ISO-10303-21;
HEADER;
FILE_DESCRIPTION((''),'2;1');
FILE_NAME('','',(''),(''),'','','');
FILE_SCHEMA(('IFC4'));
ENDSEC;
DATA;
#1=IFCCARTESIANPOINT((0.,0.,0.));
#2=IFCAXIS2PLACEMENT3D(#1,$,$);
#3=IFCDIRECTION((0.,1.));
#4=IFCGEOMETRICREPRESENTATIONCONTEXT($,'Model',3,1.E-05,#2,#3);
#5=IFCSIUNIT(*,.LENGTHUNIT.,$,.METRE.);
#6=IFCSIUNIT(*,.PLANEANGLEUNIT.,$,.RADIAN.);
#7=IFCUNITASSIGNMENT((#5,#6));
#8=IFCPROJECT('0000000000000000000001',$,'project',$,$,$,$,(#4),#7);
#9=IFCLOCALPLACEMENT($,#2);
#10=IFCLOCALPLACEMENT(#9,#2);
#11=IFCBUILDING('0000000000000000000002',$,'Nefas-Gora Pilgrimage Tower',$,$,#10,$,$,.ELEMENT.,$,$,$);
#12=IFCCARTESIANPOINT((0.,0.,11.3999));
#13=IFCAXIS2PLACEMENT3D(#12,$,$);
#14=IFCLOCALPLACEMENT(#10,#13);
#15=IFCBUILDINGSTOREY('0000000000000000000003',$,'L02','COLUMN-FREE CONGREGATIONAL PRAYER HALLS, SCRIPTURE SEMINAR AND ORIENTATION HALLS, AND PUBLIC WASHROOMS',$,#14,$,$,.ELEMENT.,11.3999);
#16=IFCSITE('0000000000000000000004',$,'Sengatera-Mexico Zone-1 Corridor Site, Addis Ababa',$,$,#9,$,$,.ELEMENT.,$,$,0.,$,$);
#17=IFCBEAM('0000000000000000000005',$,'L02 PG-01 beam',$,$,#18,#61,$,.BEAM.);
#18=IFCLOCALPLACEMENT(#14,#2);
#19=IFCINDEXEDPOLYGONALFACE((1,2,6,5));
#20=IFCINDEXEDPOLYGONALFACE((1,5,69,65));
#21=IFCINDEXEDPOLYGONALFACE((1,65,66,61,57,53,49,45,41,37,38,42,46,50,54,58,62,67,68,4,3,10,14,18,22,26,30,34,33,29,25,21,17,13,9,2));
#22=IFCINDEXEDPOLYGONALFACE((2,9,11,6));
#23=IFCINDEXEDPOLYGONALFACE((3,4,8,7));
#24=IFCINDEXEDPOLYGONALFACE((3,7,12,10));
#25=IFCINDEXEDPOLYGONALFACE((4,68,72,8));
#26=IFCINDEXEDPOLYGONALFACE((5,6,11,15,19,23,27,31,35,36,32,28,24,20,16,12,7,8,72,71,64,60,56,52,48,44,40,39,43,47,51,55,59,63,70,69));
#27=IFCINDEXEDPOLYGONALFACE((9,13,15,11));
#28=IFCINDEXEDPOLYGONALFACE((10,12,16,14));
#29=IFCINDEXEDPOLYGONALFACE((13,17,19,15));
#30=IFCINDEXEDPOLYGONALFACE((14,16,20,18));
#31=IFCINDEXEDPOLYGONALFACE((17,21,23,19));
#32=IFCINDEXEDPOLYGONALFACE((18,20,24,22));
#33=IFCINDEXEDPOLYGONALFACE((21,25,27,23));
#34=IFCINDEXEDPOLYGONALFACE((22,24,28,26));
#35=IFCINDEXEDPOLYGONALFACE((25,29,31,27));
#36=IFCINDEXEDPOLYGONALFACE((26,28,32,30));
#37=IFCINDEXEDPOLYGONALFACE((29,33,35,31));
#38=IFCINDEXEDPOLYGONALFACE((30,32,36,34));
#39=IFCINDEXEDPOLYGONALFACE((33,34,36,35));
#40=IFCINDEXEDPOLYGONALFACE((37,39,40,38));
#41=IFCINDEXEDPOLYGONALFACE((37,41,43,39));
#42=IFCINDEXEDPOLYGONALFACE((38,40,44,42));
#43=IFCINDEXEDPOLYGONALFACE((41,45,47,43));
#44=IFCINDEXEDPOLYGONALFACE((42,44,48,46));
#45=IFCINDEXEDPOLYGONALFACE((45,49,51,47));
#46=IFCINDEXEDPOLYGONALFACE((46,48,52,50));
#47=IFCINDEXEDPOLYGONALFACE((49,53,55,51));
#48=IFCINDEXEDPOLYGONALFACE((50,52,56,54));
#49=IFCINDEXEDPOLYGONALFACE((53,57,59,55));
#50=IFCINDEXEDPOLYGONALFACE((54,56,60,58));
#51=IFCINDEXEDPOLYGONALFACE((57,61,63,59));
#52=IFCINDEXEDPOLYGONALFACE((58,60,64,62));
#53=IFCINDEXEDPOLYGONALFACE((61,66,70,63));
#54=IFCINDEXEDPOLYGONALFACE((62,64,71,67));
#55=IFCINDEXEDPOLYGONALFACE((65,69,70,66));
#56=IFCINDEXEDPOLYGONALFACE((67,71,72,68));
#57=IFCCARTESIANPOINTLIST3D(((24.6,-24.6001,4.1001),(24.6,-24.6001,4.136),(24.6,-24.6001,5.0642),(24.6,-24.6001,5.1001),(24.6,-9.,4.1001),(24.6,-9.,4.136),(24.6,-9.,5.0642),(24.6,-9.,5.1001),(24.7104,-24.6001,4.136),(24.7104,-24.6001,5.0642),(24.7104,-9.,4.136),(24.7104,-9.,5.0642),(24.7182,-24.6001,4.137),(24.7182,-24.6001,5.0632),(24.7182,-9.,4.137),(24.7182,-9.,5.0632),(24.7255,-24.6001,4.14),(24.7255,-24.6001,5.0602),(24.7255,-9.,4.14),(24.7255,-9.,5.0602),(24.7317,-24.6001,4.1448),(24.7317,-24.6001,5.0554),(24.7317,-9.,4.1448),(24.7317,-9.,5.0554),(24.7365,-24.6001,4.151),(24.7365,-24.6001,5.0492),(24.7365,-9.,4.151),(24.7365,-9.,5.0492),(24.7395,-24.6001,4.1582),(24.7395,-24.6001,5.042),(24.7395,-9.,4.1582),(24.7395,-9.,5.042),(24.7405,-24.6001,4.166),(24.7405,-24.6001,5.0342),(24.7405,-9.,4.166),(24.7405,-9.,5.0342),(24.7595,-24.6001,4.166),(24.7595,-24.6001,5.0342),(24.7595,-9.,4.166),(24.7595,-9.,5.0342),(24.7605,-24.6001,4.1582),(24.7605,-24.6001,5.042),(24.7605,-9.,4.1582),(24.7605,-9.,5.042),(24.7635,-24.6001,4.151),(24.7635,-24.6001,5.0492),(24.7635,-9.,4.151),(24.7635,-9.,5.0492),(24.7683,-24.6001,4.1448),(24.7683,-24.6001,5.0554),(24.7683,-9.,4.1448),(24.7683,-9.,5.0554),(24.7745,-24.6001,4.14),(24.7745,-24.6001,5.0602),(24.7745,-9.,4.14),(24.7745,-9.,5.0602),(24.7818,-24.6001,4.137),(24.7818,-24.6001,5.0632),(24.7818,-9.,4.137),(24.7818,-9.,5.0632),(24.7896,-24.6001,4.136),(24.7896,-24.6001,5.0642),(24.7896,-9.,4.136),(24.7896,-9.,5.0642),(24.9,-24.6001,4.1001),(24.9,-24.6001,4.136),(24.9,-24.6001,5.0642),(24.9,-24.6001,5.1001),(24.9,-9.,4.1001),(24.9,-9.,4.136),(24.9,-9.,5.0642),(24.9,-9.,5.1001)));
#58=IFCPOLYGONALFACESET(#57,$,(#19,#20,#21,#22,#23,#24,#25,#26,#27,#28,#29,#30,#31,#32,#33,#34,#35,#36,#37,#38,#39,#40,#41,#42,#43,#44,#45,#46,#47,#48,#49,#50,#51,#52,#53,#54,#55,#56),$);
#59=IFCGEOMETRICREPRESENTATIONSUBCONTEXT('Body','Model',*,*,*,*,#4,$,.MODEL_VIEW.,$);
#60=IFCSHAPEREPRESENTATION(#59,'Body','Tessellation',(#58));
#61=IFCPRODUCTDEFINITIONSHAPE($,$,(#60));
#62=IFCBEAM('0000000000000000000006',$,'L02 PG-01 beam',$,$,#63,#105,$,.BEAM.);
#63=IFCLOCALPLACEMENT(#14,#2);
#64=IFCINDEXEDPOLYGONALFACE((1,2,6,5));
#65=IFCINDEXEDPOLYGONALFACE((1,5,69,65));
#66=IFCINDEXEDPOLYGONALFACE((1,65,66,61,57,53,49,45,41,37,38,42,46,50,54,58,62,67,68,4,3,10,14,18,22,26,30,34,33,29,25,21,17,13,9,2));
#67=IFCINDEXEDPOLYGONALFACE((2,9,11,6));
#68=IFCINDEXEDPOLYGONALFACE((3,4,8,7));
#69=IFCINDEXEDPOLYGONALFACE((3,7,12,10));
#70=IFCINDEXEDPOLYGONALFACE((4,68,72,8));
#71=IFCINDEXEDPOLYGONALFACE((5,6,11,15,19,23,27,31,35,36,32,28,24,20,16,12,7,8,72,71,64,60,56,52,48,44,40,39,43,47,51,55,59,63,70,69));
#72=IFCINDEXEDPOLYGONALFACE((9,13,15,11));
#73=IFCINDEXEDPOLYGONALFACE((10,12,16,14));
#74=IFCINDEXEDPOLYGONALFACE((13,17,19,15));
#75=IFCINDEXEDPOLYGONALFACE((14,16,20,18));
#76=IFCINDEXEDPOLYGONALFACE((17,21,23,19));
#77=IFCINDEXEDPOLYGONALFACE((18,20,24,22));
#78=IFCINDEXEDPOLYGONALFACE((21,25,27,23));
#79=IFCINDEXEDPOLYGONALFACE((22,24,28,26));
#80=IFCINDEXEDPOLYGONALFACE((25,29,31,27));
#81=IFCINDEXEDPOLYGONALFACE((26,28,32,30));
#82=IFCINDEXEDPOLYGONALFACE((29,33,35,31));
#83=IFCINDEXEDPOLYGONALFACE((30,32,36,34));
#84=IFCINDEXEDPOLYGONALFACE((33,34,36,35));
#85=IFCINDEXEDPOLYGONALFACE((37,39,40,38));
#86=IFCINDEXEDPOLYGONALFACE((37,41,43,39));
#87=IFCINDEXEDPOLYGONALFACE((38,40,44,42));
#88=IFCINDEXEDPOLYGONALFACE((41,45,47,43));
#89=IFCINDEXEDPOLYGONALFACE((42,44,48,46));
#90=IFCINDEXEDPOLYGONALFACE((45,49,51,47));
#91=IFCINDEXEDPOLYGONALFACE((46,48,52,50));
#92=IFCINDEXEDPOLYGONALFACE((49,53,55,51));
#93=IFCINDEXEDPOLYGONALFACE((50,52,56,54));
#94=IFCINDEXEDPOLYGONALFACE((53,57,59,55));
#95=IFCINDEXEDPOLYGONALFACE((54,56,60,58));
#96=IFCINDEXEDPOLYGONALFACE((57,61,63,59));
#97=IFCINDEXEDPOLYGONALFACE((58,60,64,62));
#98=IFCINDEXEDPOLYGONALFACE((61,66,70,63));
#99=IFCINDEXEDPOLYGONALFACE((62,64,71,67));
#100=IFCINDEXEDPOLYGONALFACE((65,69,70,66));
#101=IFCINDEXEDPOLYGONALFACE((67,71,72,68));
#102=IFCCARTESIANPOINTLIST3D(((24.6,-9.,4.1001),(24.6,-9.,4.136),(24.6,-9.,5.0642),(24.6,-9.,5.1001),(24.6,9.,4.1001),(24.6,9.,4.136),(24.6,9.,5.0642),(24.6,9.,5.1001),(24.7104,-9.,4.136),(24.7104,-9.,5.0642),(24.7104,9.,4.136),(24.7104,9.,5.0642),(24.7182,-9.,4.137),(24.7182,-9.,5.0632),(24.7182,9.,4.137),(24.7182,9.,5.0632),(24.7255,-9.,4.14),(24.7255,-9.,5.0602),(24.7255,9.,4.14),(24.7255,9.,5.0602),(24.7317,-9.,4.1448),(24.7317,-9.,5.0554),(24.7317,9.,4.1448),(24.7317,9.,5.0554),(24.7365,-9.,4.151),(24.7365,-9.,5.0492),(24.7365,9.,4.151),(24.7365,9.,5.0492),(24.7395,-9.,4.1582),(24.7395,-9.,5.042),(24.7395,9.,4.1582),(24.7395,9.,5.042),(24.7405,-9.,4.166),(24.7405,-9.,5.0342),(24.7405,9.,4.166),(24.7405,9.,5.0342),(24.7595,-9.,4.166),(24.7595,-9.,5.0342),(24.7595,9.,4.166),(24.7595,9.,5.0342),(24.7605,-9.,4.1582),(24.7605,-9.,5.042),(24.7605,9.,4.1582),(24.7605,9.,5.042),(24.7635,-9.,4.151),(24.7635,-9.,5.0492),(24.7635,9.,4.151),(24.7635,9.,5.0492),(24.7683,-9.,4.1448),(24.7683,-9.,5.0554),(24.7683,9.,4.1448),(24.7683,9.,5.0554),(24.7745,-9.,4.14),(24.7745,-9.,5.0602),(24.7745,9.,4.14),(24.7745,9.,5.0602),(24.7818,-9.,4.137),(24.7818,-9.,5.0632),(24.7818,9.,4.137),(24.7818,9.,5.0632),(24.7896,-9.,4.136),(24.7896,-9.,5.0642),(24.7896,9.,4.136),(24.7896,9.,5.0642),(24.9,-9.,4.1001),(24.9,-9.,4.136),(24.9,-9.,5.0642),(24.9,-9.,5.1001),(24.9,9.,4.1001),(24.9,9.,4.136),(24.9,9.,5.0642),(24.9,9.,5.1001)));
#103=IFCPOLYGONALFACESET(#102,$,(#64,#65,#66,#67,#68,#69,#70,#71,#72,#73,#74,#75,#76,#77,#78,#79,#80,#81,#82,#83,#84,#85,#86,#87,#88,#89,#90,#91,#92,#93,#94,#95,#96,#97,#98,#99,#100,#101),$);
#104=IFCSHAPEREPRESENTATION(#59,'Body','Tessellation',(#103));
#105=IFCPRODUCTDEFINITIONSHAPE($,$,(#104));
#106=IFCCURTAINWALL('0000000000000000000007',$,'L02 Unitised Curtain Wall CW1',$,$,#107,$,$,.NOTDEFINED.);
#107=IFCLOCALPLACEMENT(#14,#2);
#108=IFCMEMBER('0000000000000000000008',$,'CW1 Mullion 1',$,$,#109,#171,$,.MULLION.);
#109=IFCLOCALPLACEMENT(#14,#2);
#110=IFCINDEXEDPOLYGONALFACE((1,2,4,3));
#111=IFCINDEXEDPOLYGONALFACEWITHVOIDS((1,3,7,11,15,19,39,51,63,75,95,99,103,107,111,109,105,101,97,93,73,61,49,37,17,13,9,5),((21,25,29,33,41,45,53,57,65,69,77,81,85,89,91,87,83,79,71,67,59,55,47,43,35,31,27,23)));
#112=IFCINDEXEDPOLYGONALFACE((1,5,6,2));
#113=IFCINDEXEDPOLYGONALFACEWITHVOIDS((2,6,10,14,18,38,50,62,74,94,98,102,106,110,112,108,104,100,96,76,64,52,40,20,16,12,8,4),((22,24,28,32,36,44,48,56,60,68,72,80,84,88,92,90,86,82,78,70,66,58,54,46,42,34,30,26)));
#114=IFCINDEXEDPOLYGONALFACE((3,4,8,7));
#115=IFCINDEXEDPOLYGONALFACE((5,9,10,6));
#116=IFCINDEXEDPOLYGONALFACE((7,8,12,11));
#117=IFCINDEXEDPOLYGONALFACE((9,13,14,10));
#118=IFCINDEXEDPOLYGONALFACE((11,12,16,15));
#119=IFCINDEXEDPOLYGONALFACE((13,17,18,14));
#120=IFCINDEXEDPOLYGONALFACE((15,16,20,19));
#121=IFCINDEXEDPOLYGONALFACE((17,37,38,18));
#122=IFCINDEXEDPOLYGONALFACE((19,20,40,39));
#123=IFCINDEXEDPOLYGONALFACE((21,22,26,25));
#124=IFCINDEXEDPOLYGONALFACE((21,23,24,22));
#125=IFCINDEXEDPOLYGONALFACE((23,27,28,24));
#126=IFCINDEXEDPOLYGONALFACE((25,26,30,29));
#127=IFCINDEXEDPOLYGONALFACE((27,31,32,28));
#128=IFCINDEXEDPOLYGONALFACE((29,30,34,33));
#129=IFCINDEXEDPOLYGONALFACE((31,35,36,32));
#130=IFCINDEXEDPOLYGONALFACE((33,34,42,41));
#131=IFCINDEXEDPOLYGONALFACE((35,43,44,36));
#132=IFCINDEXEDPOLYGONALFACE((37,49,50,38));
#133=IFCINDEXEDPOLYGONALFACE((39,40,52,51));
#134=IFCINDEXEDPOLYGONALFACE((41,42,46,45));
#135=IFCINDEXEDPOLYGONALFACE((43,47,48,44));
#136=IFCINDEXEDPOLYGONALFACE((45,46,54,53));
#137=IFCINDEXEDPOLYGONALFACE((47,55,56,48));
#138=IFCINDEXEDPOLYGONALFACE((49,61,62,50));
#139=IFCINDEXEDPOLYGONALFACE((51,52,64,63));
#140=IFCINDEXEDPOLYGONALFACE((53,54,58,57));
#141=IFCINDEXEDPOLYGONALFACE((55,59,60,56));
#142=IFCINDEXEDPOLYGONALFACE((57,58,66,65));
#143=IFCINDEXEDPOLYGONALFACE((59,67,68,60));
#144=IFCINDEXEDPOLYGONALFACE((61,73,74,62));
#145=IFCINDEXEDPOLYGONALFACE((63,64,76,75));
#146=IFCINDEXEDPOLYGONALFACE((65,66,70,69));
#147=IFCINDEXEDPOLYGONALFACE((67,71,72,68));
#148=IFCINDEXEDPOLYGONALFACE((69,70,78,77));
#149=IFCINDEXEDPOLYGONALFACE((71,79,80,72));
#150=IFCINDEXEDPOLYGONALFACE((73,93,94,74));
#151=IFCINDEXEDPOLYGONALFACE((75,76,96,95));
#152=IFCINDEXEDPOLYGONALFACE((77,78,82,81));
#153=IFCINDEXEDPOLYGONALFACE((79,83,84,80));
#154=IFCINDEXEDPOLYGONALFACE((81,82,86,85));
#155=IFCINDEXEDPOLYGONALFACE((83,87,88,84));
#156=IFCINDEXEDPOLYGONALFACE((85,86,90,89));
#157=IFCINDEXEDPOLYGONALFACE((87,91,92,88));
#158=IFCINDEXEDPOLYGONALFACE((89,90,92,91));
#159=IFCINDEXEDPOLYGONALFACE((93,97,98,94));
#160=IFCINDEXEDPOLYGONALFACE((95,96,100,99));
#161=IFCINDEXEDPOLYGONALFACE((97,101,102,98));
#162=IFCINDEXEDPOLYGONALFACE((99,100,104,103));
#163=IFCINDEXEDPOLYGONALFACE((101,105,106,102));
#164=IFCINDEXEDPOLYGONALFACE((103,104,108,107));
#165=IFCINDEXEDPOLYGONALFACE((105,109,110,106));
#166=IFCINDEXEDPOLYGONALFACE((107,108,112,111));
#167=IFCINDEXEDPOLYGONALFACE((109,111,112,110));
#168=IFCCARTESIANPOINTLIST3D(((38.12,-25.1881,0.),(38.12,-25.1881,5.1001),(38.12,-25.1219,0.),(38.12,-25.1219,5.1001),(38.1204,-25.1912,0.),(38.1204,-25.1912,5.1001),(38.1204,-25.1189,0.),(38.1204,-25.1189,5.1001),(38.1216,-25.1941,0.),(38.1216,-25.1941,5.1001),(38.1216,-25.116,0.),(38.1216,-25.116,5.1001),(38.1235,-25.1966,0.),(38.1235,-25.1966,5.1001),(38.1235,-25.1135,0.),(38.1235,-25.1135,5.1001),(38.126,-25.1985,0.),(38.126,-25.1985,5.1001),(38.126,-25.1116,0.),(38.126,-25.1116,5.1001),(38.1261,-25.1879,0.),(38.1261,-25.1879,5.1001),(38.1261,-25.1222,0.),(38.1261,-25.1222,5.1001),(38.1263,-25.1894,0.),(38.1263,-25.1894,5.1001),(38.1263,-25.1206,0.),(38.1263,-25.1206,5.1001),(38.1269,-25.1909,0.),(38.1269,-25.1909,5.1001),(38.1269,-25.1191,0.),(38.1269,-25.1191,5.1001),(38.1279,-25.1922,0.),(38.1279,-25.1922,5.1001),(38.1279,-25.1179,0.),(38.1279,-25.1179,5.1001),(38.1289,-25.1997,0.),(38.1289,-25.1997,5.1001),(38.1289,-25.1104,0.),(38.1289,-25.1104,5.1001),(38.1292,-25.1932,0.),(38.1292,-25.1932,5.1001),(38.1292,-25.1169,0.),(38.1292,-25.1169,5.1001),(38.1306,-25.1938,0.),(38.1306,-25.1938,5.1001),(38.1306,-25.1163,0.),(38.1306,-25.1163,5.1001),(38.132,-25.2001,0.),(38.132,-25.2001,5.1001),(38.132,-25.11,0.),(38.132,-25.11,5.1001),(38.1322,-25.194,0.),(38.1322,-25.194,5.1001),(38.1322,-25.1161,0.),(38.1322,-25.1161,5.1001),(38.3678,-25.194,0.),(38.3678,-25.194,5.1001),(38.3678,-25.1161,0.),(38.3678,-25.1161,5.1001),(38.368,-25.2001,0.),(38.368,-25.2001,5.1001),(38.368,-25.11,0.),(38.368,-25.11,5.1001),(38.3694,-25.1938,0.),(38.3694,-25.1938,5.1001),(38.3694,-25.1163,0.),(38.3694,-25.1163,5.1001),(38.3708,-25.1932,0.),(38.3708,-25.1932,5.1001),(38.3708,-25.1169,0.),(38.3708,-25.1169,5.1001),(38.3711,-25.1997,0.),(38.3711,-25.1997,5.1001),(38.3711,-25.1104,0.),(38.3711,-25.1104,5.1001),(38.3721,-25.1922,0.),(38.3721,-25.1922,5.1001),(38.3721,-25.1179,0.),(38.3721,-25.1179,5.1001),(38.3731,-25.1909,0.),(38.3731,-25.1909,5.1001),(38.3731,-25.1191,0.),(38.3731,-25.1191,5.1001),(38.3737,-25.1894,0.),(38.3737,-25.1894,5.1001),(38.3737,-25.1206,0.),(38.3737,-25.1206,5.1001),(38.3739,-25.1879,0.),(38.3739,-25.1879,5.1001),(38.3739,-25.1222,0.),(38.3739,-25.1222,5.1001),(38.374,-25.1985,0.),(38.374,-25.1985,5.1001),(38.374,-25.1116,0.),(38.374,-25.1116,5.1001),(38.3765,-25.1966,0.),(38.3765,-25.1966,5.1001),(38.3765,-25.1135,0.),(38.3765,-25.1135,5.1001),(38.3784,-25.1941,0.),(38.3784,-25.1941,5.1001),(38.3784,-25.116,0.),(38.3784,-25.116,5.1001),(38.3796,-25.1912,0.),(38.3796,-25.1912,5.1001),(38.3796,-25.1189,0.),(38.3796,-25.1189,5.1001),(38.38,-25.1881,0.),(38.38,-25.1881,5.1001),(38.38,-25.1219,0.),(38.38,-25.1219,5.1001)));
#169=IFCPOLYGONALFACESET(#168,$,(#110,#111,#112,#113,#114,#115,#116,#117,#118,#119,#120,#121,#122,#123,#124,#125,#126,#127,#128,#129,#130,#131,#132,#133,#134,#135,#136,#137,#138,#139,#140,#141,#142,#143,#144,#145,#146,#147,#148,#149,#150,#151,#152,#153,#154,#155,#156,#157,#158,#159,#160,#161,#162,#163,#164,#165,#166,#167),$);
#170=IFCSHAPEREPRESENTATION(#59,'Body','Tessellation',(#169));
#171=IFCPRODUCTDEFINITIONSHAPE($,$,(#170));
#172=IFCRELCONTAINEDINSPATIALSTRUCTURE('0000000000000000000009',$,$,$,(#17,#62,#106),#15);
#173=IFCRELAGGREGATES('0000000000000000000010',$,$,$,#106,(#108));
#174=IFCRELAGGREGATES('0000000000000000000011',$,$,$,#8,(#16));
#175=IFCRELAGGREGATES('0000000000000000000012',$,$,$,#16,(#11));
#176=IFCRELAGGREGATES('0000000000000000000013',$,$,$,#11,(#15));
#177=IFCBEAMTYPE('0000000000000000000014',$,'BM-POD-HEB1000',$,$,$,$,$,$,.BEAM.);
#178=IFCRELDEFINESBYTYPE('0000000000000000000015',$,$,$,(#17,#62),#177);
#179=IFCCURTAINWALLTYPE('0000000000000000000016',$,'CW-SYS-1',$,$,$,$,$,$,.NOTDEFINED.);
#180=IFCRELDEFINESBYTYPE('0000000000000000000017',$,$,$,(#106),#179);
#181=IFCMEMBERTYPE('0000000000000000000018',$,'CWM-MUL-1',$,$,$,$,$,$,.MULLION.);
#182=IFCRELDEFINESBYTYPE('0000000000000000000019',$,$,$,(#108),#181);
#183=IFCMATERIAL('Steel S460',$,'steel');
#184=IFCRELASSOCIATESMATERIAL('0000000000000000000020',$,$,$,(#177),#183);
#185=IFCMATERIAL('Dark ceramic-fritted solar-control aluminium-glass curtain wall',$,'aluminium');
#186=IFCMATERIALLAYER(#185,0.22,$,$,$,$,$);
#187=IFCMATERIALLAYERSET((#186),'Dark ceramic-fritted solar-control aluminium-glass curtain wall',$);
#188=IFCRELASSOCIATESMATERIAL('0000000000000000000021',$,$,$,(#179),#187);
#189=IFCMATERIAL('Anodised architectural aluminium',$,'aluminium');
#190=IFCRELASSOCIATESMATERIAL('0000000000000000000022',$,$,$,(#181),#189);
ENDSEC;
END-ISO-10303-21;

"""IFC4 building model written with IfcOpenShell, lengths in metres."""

from ifc_helpers import new_model, si_unit, direction, frame, origin, origin_2d, place, context, subcontext, project, spatial, hollow_rectangle, i_section, extrude, source, transform, mapped, material, layer, layer_set, material_profile, profile_set, type_object, element, aggregate, save


model = new_model("IFC4")

# Units and contexts
model_context = context("Model", 3, precision=1e-05, world=origin(), true_north=direction((0.0, 1.0)))
body_context = subcontext(model_context, "Body", "Model", "MODEL_VIEW")
ifc_project = project(units=[si_unit("LENGTHUNIT", "METRE"), si_unit("PLANEANGLEUNIT", "RADIAN")], contexts=[model_context])

# Site, building, storey
site_placement = place(None, origin())
site = spatial("IfcSite", under=ifc_project, at=site_placement, Name="Sengatera-Mexico Zone-1 Corridor Site, Addis Ababa", CompositionType="ELEMENT", RefElevation=0.0)
building_placement = place(site_placement, origin())
building = spatial("IfcBuilding", under=site, at=building_placement, Name="Nefas-Gora Pilgrimage Tower", CompositionType="ELEMENT")
storey_placement = place(building_placement, frame((0.0, 0.0, 11.3999)))
storey = spatial("IfcBuildingStorey", under=building, at=storey_placement, Name="L02", Description="COLUMN-FREE CONGREGATIONAL PRAYER HALLS, SCRIPTURE SEMINAR AND ORIENTATION HALLS, AND PUBLIC WASHROOMS", CompositionType="ELEMENT", Elevation=11.3999)

# Shared definitions
ifc_material_1 = material(Name="Steel S460", Category="steel")

# Beams
ifc_material_profile_1 = material_profile(ifc_material_1, i_section(OverallWidth=0.3, OverallDepth=1.0, WebThickness=0.019, FlangeThickness=0.0359, FilletRadius=0.03, at=origin_2d()), Name="HEB 1000")
ifc_profile_set_1 = profile_set([ifc_material_profile_1], Name="Steel S460")
beam_type_1 = type_object("IfcBeamType", Name="BM-POD-HEB1000", PredefinedType="BEAM", material=ifc_profile_set_1)
shared_shape_1 = source(origin(), body_context, "Body", "SweptSolid", [
    extrude(i_section(OverallWidth=0.3, OverallDepth=1.0, WebThickness=0.019, FlangeThickness=0.0359, FilletRadius=0.03, at=origin_2d()), origin(), (0.0, 0.0, 1.0), 15.6001),
])
beam_1_placement = place(storey_placement, frame((24.75, -24.6001, 4.6001), z_axis=(0.0, 1.0, 0.0), x_axis=(-1.0, 0.0, 0.0)))
element("IfcBeam", 1, at=beam_1_placement, inside=storey, type_object=beam_type_1, Name="L02 PG-01 beam", PredefinedType="BEAM", context=body_context, shape_type="MappedRepresentation", body=[
    mapped(shared_shape_1, transform((0.0, 0.0, 0.0), x_axis=(1.0, 0.0, 0.0), y_axis=(0.0, 1.0, 0.0), z_axis=(0.0, 0.0, 1.0), scale=1.0)),
])
shared_shape_2 = source(origin(), body_context, "Body", "SweptSolid", [
    extrude(i_section(OverallWidth=0.3, OverallDepth=1.0, WebThickness=0.019, FlangeThickness=0.0359, FilletRadius=0.03, at=origin_2d()), origin(), (0.0, 0.0, 1.0), 18.0),
])
beam_2_placement = place(storey_placement, frame((24.75, -9.0, 4.6001), z_axis=(0.0, 1.0, 0.0), x_axis=(-1.0, 0.0, 0.0)))
element("IfcBeam", 2, at=beam_2_placement, inside=storey, type_object=beam_type_1, Name="L02 PG-01 beam", PredefinedType="BEAM", context=body_context, shape_type="MappedRepresentation", body=[
    mapped(shared_shape_2, transform((0.0, 0.0, 0.0), x_axis=(1.0, 0.0, 0.0), y_axis=(0.0, 1.0, 0.0), z_axis=(0.0, 0.0, 1.0), scale=1.0)),
])

# Curtain wall, member
ifc_material_2 = material(Name="Dark ceramic-fritted solar-control aluminium-glass curtain wall", Category="aluminium")
ifc_layer_1 = layer(ifc_material_2, 0.22)
ifc_layer_set_1 = layer_set([ifc_layer_1], Name="Dark ceramic-fritted solar-control aluminium-glass curtain wall")
curtain_wall_type = type_object("IfcCurtainWallType", Name="CW-SYS-1", PredefinedType="NOTDEFINED", material=ifc_layer_set_1)
curtain_wall_1_placement = place(storey_placement, origin())
curtain_wall_1 = element("IfcCurtainWall", 3, at=curtain_wall_1_placement, inside=storey, type_object=curtain_wall_type, Name="L02 Unitised Curtain Wall CW1", PredefinedType="NOTDEFINED")
ifc_material_3 = material(Name="Anodised architectural aluminium", Category="aluminium")
ifc_material_profile_2 = material_profile(ifc_material_3, hollow_rectangle(XDim=0.0901, YDim=0.26, WallThickness=0.0061, InnerFilletRadius=0.0061, OuterFilletRadius=0.012, at=origin_2d()), Name="ALU MULLION 90x260")
ifc_profile_set_2 = profile_set([ifc_material_profile_2], Name="Anodised architectural aluminium")
member_type_1 = type_object("IfcMemberType", Name="CWM-MUL-1", PredefinedType="MULLION", material=ifc_profile_set_2)
shared_shape_3 = source(origin(), body_context, "Body", "SweptSolid", [
    extrude(hollow_rectangle(XDim=0.0901, YDim=0.26, WallThickness=0.0061, InnerFilletRadius=0.0061, OuterFilletRadius=0.012, at=origin_2d()), origin(), (0.0, 0.0, 1.0), 5.1001),
])
member_1_placement = place(storey_placement, frame((38.25, -25.155, 0.0), z_axis=(0.0, 0.0, 1.0), x_axis=(0.0, 1.0, 0.0)))
member_1 = element("IfcMember", 4, at=member_1_placement, type_object=member_type_1, Name="CW1 Mullion 1", PredefinedType="MULLION", context=body_context, shape_type="MappedRepresentation", body=[
    mapped(shared_shape_3, transform((0.0, 0.0, 0.0), x_axis=(1.0, 0.0, 0.0), y_axis=(0.0, 1.0, 0.0), z_axis=(0.0, 0.0, 1.0), scale=1.0)),
])

aggregate(curtain_wall_1, [member_1])

save(model, "model.ifc")
